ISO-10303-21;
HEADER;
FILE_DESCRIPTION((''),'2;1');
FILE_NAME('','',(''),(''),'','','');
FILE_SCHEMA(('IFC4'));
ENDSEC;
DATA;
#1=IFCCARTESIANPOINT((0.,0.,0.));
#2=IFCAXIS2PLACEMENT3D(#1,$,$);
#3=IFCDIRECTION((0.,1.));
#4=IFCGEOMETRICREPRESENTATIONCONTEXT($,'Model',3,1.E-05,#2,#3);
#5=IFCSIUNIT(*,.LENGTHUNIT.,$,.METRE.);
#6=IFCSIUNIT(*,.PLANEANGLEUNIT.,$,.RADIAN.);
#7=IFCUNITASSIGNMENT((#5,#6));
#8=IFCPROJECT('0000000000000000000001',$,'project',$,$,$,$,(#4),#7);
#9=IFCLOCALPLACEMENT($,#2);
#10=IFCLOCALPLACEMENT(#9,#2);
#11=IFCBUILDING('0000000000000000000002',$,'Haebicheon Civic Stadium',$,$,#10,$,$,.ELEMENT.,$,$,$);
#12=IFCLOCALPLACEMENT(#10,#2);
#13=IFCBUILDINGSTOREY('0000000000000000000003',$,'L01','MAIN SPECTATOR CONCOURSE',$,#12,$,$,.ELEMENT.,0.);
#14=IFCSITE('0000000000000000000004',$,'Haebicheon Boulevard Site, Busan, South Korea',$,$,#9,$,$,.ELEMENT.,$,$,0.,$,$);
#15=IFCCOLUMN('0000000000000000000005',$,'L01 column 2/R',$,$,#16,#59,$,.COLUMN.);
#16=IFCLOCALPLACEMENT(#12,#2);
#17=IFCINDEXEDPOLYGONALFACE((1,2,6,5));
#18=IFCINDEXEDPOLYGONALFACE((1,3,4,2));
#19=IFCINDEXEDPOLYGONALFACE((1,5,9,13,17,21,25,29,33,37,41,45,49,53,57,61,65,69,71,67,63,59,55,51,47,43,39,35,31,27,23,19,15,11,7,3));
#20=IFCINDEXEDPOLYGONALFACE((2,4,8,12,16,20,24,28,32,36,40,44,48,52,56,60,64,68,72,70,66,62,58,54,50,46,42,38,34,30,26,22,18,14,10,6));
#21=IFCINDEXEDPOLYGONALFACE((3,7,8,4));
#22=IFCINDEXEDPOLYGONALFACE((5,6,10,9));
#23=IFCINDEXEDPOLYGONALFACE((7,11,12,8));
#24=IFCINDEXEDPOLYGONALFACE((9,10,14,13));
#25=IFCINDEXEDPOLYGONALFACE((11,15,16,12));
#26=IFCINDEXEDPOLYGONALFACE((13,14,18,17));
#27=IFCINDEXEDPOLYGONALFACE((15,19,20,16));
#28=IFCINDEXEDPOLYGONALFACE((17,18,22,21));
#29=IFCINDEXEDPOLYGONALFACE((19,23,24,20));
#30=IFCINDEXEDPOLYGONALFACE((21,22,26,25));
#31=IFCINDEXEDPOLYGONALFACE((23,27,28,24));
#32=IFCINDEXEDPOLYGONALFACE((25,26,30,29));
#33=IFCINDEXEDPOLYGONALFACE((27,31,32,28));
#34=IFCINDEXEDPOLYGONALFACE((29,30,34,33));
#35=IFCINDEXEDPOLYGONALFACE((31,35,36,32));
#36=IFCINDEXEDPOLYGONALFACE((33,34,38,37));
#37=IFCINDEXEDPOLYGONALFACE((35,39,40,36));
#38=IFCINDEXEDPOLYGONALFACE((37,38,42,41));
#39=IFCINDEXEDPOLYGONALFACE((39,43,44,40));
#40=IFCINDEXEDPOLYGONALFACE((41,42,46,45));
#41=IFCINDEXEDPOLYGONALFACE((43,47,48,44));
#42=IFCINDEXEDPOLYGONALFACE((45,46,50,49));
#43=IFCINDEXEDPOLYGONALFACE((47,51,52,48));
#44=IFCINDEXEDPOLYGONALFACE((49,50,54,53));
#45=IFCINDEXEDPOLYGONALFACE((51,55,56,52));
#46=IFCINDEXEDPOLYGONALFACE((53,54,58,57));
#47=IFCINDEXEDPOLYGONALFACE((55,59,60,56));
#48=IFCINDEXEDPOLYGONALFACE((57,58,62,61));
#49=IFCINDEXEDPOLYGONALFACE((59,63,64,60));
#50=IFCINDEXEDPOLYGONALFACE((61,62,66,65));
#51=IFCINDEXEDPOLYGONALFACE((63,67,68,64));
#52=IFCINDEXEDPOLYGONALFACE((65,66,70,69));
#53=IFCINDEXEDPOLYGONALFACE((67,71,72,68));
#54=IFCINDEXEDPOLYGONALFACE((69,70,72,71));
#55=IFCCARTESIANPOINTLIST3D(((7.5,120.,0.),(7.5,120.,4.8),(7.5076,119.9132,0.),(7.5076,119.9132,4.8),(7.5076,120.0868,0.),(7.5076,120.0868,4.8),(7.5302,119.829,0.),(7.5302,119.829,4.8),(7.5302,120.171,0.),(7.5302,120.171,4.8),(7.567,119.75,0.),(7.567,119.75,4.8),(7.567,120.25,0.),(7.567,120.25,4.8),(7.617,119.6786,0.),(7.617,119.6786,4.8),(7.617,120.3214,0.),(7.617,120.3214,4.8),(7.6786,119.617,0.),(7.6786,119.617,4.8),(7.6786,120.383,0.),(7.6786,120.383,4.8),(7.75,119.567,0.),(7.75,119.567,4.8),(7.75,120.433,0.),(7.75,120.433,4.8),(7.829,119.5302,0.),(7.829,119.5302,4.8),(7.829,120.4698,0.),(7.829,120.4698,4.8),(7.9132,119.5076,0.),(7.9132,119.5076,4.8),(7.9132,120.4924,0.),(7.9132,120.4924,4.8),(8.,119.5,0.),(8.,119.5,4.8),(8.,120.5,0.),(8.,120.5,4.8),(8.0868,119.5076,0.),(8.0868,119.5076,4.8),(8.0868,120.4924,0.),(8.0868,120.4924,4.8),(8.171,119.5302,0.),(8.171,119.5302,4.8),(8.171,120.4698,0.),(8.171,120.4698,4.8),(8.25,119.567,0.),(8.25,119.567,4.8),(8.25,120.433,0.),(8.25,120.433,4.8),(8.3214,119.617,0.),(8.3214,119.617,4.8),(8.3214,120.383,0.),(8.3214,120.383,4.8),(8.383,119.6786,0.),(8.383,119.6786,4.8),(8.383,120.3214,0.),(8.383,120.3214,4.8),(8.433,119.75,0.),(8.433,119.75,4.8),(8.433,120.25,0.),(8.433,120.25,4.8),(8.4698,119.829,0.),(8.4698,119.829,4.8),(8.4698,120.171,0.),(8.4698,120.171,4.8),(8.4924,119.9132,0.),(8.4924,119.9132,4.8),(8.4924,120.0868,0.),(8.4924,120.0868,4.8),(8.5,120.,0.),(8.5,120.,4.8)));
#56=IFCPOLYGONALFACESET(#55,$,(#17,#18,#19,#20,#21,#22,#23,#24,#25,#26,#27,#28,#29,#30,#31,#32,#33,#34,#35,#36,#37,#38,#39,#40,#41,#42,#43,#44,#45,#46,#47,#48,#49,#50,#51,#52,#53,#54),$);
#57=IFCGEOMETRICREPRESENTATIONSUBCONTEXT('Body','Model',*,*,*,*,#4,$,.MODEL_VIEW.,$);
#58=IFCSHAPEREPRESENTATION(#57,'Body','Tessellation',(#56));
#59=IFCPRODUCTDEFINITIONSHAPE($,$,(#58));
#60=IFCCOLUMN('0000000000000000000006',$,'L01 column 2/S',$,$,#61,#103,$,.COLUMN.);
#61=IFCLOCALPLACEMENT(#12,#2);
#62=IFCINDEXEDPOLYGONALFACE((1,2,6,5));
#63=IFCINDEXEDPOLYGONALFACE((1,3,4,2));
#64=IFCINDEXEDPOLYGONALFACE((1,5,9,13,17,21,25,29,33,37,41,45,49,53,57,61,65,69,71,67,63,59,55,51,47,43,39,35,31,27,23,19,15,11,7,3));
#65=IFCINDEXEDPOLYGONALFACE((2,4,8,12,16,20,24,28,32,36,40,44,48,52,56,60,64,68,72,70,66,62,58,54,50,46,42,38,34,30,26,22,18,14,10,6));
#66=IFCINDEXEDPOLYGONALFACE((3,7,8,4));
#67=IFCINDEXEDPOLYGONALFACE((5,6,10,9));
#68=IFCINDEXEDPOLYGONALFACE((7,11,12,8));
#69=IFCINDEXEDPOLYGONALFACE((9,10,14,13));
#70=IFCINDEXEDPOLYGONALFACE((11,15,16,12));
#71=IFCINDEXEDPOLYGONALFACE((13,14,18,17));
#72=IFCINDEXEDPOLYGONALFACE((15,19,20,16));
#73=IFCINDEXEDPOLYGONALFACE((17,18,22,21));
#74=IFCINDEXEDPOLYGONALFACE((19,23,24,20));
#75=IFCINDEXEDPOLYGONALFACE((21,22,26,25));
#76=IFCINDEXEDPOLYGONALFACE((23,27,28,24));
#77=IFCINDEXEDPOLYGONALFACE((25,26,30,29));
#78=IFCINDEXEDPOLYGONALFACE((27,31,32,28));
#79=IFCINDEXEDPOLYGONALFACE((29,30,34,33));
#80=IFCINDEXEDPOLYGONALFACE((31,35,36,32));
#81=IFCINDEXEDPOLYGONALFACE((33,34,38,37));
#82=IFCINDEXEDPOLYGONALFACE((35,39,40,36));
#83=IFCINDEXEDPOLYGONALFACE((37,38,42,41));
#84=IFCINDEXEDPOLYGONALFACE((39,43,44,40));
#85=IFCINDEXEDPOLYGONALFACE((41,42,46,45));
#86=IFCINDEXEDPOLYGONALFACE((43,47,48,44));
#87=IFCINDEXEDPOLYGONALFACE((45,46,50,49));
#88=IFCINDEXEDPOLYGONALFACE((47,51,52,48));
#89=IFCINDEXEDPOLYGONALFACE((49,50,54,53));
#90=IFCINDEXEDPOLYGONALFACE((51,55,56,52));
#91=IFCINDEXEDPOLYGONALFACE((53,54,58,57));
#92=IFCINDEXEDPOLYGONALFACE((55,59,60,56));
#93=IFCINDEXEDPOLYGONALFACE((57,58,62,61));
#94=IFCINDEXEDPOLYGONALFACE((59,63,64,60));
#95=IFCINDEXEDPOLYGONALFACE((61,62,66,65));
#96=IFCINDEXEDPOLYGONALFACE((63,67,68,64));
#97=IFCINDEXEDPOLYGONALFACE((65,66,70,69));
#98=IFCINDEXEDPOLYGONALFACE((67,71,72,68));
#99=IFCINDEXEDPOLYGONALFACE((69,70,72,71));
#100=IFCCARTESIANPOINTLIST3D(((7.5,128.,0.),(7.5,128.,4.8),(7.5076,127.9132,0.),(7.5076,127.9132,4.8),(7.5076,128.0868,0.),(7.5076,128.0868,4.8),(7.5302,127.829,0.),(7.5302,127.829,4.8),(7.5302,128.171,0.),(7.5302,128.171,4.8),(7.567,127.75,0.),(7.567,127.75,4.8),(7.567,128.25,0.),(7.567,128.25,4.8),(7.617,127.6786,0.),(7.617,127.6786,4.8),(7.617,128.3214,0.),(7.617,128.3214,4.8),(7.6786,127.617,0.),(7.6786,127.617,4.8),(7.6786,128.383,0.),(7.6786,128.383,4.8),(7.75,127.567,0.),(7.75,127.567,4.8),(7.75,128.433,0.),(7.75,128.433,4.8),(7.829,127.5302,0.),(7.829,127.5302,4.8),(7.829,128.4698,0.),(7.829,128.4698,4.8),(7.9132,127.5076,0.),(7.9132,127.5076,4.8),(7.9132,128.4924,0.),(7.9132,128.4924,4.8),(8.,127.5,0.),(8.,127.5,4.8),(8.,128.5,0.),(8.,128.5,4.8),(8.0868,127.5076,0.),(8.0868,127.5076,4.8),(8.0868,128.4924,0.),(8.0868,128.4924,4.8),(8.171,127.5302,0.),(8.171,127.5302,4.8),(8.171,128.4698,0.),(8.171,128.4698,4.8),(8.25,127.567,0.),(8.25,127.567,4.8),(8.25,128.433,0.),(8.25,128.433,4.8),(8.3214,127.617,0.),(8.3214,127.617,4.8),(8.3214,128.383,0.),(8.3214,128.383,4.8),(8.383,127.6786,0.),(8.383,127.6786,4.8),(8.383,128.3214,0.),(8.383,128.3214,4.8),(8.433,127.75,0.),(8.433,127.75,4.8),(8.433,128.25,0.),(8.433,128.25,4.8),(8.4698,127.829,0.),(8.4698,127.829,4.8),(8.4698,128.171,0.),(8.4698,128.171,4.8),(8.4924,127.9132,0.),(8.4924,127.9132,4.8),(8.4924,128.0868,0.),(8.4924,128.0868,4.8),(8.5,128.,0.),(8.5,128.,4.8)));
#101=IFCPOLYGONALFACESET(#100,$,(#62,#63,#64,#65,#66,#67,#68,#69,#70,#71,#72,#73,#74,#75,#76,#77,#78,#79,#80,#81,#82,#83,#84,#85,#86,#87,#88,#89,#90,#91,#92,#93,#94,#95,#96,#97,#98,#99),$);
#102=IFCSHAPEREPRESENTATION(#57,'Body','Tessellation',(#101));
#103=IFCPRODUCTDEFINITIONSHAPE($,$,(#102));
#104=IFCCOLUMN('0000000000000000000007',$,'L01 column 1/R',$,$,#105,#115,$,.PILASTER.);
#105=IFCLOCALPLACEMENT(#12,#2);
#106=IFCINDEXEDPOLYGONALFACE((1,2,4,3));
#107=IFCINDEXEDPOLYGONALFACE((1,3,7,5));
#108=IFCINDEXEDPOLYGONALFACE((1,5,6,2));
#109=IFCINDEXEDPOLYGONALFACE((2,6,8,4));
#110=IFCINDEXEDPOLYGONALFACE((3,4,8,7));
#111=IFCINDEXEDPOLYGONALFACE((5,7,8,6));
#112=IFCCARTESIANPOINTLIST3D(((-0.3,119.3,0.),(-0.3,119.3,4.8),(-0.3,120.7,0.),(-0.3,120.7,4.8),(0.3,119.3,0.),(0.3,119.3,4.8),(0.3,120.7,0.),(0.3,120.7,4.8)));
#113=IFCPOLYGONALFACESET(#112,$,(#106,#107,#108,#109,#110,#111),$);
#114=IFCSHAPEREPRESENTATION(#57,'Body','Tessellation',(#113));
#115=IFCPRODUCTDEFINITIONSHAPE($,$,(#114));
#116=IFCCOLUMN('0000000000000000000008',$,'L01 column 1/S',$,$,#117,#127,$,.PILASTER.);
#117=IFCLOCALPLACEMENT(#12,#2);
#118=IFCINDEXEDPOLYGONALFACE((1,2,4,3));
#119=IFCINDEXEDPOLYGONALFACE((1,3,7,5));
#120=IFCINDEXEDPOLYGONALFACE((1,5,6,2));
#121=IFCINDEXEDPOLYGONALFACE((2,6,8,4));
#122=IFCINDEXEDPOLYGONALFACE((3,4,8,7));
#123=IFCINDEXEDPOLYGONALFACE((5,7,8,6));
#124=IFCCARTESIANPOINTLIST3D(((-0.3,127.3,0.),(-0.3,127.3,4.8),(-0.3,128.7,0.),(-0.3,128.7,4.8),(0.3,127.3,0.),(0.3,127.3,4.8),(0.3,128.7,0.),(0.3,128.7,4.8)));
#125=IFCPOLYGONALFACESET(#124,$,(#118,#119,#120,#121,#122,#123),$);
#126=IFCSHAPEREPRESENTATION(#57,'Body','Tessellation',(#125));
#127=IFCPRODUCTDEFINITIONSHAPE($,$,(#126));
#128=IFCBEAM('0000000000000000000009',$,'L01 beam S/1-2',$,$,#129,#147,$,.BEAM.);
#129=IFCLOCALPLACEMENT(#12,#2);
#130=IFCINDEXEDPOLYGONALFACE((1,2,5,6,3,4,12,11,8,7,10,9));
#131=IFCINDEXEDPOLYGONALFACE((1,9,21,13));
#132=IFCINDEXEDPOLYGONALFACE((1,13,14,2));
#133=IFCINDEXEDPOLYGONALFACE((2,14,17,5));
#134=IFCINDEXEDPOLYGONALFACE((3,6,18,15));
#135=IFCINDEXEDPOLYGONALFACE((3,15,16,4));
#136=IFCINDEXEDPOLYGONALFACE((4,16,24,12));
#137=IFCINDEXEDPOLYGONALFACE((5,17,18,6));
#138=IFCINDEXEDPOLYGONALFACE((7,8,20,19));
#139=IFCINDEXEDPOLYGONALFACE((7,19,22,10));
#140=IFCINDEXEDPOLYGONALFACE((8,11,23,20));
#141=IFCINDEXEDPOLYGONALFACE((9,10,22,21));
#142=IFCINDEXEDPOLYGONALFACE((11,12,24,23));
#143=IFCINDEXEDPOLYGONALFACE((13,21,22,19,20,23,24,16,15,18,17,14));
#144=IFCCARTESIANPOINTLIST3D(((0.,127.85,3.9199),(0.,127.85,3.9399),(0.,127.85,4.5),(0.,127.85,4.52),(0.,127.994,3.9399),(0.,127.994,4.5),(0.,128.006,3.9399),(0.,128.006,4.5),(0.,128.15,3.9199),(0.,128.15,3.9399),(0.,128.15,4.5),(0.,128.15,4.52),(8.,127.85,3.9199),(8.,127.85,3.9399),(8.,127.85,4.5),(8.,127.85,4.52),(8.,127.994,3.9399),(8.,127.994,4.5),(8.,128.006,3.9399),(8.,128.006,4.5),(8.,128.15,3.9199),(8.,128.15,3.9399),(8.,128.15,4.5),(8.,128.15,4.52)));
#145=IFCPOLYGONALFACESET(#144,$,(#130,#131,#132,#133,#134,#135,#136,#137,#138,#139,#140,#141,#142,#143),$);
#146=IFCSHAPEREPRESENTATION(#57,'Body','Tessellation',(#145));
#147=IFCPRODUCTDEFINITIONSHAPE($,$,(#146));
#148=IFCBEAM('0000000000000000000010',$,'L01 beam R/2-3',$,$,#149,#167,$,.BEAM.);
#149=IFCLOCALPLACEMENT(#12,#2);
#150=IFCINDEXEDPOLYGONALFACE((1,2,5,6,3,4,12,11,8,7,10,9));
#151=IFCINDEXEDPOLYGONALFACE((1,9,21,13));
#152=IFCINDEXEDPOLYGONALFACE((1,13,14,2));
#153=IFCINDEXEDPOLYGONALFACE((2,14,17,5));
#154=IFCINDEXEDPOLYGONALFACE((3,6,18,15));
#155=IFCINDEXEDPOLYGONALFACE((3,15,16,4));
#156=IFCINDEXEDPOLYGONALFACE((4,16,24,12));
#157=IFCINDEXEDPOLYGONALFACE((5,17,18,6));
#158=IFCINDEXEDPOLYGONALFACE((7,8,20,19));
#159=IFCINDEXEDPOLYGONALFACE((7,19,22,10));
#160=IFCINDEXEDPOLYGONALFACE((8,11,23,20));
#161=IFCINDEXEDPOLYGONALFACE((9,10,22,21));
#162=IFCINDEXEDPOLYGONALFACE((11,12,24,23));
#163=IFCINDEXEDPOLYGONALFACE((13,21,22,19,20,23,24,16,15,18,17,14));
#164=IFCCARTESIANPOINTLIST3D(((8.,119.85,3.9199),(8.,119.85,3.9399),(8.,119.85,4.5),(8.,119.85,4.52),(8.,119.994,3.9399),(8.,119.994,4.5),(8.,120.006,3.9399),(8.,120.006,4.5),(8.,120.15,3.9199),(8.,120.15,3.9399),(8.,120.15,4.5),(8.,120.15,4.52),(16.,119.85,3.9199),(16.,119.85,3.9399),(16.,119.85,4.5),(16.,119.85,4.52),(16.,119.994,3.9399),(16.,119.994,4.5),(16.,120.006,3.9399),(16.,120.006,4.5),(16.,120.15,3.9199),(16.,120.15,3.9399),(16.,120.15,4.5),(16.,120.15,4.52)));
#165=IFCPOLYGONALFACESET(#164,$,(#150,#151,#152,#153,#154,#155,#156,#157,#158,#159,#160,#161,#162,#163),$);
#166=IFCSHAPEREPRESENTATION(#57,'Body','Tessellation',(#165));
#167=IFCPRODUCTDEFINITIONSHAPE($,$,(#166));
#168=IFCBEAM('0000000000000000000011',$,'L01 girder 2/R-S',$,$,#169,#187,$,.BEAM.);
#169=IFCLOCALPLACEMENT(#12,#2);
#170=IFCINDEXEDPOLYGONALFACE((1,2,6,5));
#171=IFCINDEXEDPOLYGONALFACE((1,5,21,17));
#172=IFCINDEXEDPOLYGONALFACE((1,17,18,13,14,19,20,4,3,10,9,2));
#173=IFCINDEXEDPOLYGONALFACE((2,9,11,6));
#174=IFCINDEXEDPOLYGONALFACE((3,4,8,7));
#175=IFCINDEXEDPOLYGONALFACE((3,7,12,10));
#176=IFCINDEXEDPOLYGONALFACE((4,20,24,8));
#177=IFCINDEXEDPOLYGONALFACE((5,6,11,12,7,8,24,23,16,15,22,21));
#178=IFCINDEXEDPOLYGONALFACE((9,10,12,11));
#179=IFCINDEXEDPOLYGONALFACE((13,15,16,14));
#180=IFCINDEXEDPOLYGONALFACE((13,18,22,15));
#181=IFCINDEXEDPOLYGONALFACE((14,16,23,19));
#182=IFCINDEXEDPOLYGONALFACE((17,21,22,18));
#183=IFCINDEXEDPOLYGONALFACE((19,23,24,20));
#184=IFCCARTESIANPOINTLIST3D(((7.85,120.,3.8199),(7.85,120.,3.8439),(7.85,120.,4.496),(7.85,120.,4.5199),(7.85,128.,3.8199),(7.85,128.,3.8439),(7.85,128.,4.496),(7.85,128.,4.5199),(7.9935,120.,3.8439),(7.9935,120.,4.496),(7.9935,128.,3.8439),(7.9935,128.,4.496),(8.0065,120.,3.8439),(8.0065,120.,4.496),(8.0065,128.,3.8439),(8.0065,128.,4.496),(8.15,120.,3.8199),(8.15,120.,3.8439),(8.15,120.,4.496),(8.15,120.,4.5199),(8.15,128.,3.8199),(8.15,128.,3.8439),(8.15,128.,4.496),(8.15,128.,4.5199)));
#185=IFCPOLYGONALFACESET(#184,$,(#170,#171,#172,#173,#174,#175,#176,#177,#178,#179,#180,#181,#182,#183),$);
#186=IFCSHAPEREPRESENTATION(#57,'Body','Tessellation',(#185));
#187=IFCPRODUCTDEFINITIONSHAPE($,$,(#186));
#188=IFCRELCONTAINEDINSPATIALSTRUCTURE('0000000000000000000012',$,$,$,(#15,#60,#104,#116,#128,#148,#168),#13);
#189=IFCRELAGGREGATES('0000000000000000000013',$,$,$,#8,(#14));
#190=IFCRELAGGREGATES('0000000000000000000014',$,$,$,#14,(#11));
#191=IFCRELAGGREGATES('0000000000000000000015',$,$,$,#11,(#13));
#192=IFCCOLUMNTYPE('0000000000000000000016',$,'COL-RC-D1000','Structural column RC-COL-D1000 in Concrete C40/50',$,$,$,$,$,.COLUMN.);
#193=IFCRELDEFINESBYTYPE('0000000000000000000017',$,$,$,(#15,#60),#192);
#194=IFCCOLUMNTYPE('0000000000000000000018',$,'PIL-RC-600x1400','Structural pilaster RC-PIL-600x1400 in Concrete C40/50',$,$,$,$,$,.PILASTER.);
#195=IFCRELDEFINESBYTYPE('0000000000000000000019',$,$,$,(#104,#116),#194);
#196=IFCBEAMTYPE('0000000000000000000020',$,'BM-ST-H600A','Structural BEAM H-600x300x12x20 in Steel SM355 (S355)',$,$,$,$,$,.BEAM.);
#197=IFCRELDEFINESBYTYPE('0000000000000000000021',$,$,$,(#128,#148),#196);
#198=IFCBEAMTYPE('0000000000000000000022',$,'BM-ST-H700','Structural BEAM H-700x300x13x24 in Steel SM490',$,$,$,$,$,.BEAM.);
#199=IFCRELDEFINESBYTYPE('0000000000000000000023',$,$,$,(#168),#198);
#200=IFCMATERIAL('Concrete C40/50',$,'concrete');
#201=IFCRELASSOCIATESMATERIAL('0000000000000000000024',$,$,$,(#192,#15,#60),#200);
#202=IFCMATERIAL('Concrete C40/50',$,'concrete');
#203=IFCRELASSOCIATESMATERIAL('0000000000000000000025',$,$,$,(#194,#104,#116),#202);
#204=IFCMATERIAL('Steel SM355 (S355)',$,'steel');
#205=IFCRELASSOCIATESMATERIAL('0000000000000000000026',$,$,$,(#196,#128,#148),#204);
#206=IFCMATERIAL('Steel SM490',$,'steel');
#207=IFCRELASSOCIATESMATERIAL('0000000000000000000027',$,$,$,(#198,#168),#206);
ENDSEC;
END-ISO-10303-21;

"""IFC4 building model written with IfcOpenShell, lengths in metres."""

from ifc_helpers import new_model, si_unit, direction, frame, origin, origin_2d, place, context, subcontext, project, spatial, rectangle, circle, i_section, extrude, material, material_profile, profile_set, type_object, element, save


model = new_model("IFC4")

# Units and contexts
model_context = context("Model", 3, precision=1e-05, world=origin(), true_north=direction((0.0, 1.0)))
body_context = subcontext(model_context, "Body", "Model", "MODEL_VIEW")
ifc_project = project(units=[si_unit("LENGTHUNIT", "METRE"), si_unit("PLANEANGLEUNIT", "RADIAN")], contexts=[model_context])

# Site, building, storey
site_placement = place(None, origin())
site = spatial("IfcSite", under=ifc_project, at=site_placement, Name="Haebicheon Boulevard Site, Busan, South Korea", CompositionType="ELEMENT", RefElevation=0.0)
building_placement = place(site_placement, origin())
building = spatial("IfcBuilding", under=site, at=building_placement, Name="Haebicheon Civic Stadium", CompositionType="ELEMENT")
storey_placement = place(building_placement, origin())
storey = spatial("IfcBuildingStorey", under=building, at=storey_placement, Name="L01", Description="MAIN SPECTATOR CONCOURSE", CompositionType="ELEMENT", Elevation=0.0)

# Columns
ifc_material_1 = material(Name="Concrete C40/50", Category="concrete")
ifc_material_profile_1 = material_profile(ifc_material_1, circle(Radius=0.5, at=origin_2d()), Name="RC-COL-D1000")
ifc_profile_set_1 = profile_set([ifc_material_profile_1], Name="Concrete C40/50")
column_type_1 = type_object("IfcColumnType", Name="COL-RC-D1000", Description="Structural column RC-COL-D1000 in Concrete C40/50", PredefinedType="COLUMN", material=ifc_profile_set_1)
for number, where, z_axis, x_axis, name in (
    (1, (8.0, 120.0, 0.0), (0.0, 0.0, 1.0), (1.0, 0.0, 0.0), "L01 column 2/R"),
    (2, (8.0, 128.0, 0.0), (0.0, 0.0, 1.0), (1.0, 0.0, 0.0), "L01 column 2/S"),
):
    element("IfcColumn", number, at=place(storey_placement, frame(where, z_axis=z_axis, x_axis=x_axis)), inside=storey, type_object=column_type_1, material=ifc_profile_set_1, Name=name, PredefinedType="COLUMN", context=body_context, shape_type="SweptSolid", body=[
        extrude(circle(Radius=0.5, at=origin_2d()), origin(), (0.0, 0.0, 1.0), 4.8),
    ])
ifc_material_2 = material(Name="Concrete C40/50", Category="concrete")
ifc_material_profile_2 = material_profile(ifc_material_2, rectangle(XDim=0.6001, YDim=1.3999, at=origin_2d()), Name="RC-PIL-600x1400")
ifc_profile_set_2 = profile_set([ifc_material_profile_2], Name="Concrete C40/50")
column_type_2 = type_object("IfcColumnType", Name="PIL-RC-600x1400", Description="Structural pilaster RC-PIL-600x1400 in Concrete C40/50", PredefinedType="PILASTER", material=ifc_profile_set_2)
for number, where, z_axis, x_axis, name in (
    (3, (0.0, 120.0, 0.0), (0.0, 0.0, 1.0), (1.0, 0.0, 0.0), "L01 column 1/R"),
    (4, (0.0, 128.0, 0.0), (0.0, 0.0, 1.0), (1.0, 0.0, 0.0), "L01 column 1/S"),
):
    element("IfcColumn", number, at=place(storey_placement, frame(where, z_axis=z_axis, x_axis=x_axis)), inside=storey, type_object=column_type_2, material=ifc_profile_set_2, Name=name, PredefinedType="PILASTER", context=body_context, shape_type="SweptSolid", body=[
        extrude(rectangle(XDim=0.6001, YDim=1.3999, at=origin_2d()), origin(), (0.0, 0.0, 1.0), 4.8),
    ])

# Beams
ifc_material_3 = material(Name="Steel SM355 (S355)", Category="steel")
ifc_material_profile_3 = material_profile(ifc_material_3, i_section(OverallWidth=0.3, OverallDepth=0.6001, WebThickness=0.012, FlangeThickness=0.02, at=origin_2d()), Name="H-600x300x12x20")
ifc_profile_set_3 = profile_set([ifc_material_profile_3], Name="Steel SM355 (S355)")
beam_type_1 = type_object("IfcBeamType", Name="BM-ST-H600A", Description="Structural BEAM H-600x300x12x20 in Steel SM355 (S355)", PredefinedType="BEAM", material=ifc_profile_set_3)
for number, where, z_axis, x_axis, name in (
    (5, (0.0, 128.0, 4.22), (1.0, 0.0, 0.0), (0.0, 1.0, 0.0), "L01 beam S/1-2"),
    (6, (8.0, 120.0, 4.22), (1.0, 0.0, 0.0), (0.0, 1.0, 0.0), "L01 beam R/2-3"),
):
    element("IfcBeam", number, at=place(storey_placement, frame(where, z_axis=z_axis, x_axis=x_axis)), inside=storey, type_object=beam_type_1, material=ifc_profile_set_3, Name=name, PredefinedType="BEAM", context=body_context, shape_type="SweptSolid", body=[
        extrude(i_section(OverallWidth=0.3, OverallDepth=0.6001, WebThickness=0.012, FlangeThickness=0.02, at=origin_2d()), origin(), (0.0, 0.0, 1.0), 8.0),
    ])
ifc_material_4 = material(Name="Steel SM490", Category="steel")
ifc_material_profile_4 = material_profile(ifc_material_4, i_section(OverallWidth=0.3, OverallDepth=0.7, WebThickness=0.0129, FlangeThickness=0.0239, at=origin_2d()), Name="H-700x300x13x24")
ifc_profile_set_4 = profile_set([ifc_material_profile_4], Name="Steel SM490")
beam_type_2 = type_object("IfcBeamType", Name="BM-ST-H700", Description="Structural BEAM H-700x300x13x24 in Steel SM490", PredefinedType="BEAM", material=ifc_profile_set_4)
for number, where, z_axis, x_axis, name in (
    (7, (8.0, 120.0, 4.1699), (0.0, 1.0, 0.0), (-1.0, 0.0, 0.0), "L01 girder 2/R-S"),
):
    element("IfcBeam", number, at=place(storey_placement, frame(where, z_axis=z_axis, x_axis=x_axis)), inside=storey, type_object=beam_type_2, material=ifc_profile_set_4, Name=name, PredefinedType="BEAM", context=body_context, shape_type="SweptSolid", body=[
        extrude(i_section(OverallWidth=0.3, OverallDepth=0.7, WebThickness=0.0129, FlangeThickness=0.0239, at=origin_2d()), origin(), (0.0, 0.0, 1.0), 8.0),
    ])

save(model, "model.ifc")
